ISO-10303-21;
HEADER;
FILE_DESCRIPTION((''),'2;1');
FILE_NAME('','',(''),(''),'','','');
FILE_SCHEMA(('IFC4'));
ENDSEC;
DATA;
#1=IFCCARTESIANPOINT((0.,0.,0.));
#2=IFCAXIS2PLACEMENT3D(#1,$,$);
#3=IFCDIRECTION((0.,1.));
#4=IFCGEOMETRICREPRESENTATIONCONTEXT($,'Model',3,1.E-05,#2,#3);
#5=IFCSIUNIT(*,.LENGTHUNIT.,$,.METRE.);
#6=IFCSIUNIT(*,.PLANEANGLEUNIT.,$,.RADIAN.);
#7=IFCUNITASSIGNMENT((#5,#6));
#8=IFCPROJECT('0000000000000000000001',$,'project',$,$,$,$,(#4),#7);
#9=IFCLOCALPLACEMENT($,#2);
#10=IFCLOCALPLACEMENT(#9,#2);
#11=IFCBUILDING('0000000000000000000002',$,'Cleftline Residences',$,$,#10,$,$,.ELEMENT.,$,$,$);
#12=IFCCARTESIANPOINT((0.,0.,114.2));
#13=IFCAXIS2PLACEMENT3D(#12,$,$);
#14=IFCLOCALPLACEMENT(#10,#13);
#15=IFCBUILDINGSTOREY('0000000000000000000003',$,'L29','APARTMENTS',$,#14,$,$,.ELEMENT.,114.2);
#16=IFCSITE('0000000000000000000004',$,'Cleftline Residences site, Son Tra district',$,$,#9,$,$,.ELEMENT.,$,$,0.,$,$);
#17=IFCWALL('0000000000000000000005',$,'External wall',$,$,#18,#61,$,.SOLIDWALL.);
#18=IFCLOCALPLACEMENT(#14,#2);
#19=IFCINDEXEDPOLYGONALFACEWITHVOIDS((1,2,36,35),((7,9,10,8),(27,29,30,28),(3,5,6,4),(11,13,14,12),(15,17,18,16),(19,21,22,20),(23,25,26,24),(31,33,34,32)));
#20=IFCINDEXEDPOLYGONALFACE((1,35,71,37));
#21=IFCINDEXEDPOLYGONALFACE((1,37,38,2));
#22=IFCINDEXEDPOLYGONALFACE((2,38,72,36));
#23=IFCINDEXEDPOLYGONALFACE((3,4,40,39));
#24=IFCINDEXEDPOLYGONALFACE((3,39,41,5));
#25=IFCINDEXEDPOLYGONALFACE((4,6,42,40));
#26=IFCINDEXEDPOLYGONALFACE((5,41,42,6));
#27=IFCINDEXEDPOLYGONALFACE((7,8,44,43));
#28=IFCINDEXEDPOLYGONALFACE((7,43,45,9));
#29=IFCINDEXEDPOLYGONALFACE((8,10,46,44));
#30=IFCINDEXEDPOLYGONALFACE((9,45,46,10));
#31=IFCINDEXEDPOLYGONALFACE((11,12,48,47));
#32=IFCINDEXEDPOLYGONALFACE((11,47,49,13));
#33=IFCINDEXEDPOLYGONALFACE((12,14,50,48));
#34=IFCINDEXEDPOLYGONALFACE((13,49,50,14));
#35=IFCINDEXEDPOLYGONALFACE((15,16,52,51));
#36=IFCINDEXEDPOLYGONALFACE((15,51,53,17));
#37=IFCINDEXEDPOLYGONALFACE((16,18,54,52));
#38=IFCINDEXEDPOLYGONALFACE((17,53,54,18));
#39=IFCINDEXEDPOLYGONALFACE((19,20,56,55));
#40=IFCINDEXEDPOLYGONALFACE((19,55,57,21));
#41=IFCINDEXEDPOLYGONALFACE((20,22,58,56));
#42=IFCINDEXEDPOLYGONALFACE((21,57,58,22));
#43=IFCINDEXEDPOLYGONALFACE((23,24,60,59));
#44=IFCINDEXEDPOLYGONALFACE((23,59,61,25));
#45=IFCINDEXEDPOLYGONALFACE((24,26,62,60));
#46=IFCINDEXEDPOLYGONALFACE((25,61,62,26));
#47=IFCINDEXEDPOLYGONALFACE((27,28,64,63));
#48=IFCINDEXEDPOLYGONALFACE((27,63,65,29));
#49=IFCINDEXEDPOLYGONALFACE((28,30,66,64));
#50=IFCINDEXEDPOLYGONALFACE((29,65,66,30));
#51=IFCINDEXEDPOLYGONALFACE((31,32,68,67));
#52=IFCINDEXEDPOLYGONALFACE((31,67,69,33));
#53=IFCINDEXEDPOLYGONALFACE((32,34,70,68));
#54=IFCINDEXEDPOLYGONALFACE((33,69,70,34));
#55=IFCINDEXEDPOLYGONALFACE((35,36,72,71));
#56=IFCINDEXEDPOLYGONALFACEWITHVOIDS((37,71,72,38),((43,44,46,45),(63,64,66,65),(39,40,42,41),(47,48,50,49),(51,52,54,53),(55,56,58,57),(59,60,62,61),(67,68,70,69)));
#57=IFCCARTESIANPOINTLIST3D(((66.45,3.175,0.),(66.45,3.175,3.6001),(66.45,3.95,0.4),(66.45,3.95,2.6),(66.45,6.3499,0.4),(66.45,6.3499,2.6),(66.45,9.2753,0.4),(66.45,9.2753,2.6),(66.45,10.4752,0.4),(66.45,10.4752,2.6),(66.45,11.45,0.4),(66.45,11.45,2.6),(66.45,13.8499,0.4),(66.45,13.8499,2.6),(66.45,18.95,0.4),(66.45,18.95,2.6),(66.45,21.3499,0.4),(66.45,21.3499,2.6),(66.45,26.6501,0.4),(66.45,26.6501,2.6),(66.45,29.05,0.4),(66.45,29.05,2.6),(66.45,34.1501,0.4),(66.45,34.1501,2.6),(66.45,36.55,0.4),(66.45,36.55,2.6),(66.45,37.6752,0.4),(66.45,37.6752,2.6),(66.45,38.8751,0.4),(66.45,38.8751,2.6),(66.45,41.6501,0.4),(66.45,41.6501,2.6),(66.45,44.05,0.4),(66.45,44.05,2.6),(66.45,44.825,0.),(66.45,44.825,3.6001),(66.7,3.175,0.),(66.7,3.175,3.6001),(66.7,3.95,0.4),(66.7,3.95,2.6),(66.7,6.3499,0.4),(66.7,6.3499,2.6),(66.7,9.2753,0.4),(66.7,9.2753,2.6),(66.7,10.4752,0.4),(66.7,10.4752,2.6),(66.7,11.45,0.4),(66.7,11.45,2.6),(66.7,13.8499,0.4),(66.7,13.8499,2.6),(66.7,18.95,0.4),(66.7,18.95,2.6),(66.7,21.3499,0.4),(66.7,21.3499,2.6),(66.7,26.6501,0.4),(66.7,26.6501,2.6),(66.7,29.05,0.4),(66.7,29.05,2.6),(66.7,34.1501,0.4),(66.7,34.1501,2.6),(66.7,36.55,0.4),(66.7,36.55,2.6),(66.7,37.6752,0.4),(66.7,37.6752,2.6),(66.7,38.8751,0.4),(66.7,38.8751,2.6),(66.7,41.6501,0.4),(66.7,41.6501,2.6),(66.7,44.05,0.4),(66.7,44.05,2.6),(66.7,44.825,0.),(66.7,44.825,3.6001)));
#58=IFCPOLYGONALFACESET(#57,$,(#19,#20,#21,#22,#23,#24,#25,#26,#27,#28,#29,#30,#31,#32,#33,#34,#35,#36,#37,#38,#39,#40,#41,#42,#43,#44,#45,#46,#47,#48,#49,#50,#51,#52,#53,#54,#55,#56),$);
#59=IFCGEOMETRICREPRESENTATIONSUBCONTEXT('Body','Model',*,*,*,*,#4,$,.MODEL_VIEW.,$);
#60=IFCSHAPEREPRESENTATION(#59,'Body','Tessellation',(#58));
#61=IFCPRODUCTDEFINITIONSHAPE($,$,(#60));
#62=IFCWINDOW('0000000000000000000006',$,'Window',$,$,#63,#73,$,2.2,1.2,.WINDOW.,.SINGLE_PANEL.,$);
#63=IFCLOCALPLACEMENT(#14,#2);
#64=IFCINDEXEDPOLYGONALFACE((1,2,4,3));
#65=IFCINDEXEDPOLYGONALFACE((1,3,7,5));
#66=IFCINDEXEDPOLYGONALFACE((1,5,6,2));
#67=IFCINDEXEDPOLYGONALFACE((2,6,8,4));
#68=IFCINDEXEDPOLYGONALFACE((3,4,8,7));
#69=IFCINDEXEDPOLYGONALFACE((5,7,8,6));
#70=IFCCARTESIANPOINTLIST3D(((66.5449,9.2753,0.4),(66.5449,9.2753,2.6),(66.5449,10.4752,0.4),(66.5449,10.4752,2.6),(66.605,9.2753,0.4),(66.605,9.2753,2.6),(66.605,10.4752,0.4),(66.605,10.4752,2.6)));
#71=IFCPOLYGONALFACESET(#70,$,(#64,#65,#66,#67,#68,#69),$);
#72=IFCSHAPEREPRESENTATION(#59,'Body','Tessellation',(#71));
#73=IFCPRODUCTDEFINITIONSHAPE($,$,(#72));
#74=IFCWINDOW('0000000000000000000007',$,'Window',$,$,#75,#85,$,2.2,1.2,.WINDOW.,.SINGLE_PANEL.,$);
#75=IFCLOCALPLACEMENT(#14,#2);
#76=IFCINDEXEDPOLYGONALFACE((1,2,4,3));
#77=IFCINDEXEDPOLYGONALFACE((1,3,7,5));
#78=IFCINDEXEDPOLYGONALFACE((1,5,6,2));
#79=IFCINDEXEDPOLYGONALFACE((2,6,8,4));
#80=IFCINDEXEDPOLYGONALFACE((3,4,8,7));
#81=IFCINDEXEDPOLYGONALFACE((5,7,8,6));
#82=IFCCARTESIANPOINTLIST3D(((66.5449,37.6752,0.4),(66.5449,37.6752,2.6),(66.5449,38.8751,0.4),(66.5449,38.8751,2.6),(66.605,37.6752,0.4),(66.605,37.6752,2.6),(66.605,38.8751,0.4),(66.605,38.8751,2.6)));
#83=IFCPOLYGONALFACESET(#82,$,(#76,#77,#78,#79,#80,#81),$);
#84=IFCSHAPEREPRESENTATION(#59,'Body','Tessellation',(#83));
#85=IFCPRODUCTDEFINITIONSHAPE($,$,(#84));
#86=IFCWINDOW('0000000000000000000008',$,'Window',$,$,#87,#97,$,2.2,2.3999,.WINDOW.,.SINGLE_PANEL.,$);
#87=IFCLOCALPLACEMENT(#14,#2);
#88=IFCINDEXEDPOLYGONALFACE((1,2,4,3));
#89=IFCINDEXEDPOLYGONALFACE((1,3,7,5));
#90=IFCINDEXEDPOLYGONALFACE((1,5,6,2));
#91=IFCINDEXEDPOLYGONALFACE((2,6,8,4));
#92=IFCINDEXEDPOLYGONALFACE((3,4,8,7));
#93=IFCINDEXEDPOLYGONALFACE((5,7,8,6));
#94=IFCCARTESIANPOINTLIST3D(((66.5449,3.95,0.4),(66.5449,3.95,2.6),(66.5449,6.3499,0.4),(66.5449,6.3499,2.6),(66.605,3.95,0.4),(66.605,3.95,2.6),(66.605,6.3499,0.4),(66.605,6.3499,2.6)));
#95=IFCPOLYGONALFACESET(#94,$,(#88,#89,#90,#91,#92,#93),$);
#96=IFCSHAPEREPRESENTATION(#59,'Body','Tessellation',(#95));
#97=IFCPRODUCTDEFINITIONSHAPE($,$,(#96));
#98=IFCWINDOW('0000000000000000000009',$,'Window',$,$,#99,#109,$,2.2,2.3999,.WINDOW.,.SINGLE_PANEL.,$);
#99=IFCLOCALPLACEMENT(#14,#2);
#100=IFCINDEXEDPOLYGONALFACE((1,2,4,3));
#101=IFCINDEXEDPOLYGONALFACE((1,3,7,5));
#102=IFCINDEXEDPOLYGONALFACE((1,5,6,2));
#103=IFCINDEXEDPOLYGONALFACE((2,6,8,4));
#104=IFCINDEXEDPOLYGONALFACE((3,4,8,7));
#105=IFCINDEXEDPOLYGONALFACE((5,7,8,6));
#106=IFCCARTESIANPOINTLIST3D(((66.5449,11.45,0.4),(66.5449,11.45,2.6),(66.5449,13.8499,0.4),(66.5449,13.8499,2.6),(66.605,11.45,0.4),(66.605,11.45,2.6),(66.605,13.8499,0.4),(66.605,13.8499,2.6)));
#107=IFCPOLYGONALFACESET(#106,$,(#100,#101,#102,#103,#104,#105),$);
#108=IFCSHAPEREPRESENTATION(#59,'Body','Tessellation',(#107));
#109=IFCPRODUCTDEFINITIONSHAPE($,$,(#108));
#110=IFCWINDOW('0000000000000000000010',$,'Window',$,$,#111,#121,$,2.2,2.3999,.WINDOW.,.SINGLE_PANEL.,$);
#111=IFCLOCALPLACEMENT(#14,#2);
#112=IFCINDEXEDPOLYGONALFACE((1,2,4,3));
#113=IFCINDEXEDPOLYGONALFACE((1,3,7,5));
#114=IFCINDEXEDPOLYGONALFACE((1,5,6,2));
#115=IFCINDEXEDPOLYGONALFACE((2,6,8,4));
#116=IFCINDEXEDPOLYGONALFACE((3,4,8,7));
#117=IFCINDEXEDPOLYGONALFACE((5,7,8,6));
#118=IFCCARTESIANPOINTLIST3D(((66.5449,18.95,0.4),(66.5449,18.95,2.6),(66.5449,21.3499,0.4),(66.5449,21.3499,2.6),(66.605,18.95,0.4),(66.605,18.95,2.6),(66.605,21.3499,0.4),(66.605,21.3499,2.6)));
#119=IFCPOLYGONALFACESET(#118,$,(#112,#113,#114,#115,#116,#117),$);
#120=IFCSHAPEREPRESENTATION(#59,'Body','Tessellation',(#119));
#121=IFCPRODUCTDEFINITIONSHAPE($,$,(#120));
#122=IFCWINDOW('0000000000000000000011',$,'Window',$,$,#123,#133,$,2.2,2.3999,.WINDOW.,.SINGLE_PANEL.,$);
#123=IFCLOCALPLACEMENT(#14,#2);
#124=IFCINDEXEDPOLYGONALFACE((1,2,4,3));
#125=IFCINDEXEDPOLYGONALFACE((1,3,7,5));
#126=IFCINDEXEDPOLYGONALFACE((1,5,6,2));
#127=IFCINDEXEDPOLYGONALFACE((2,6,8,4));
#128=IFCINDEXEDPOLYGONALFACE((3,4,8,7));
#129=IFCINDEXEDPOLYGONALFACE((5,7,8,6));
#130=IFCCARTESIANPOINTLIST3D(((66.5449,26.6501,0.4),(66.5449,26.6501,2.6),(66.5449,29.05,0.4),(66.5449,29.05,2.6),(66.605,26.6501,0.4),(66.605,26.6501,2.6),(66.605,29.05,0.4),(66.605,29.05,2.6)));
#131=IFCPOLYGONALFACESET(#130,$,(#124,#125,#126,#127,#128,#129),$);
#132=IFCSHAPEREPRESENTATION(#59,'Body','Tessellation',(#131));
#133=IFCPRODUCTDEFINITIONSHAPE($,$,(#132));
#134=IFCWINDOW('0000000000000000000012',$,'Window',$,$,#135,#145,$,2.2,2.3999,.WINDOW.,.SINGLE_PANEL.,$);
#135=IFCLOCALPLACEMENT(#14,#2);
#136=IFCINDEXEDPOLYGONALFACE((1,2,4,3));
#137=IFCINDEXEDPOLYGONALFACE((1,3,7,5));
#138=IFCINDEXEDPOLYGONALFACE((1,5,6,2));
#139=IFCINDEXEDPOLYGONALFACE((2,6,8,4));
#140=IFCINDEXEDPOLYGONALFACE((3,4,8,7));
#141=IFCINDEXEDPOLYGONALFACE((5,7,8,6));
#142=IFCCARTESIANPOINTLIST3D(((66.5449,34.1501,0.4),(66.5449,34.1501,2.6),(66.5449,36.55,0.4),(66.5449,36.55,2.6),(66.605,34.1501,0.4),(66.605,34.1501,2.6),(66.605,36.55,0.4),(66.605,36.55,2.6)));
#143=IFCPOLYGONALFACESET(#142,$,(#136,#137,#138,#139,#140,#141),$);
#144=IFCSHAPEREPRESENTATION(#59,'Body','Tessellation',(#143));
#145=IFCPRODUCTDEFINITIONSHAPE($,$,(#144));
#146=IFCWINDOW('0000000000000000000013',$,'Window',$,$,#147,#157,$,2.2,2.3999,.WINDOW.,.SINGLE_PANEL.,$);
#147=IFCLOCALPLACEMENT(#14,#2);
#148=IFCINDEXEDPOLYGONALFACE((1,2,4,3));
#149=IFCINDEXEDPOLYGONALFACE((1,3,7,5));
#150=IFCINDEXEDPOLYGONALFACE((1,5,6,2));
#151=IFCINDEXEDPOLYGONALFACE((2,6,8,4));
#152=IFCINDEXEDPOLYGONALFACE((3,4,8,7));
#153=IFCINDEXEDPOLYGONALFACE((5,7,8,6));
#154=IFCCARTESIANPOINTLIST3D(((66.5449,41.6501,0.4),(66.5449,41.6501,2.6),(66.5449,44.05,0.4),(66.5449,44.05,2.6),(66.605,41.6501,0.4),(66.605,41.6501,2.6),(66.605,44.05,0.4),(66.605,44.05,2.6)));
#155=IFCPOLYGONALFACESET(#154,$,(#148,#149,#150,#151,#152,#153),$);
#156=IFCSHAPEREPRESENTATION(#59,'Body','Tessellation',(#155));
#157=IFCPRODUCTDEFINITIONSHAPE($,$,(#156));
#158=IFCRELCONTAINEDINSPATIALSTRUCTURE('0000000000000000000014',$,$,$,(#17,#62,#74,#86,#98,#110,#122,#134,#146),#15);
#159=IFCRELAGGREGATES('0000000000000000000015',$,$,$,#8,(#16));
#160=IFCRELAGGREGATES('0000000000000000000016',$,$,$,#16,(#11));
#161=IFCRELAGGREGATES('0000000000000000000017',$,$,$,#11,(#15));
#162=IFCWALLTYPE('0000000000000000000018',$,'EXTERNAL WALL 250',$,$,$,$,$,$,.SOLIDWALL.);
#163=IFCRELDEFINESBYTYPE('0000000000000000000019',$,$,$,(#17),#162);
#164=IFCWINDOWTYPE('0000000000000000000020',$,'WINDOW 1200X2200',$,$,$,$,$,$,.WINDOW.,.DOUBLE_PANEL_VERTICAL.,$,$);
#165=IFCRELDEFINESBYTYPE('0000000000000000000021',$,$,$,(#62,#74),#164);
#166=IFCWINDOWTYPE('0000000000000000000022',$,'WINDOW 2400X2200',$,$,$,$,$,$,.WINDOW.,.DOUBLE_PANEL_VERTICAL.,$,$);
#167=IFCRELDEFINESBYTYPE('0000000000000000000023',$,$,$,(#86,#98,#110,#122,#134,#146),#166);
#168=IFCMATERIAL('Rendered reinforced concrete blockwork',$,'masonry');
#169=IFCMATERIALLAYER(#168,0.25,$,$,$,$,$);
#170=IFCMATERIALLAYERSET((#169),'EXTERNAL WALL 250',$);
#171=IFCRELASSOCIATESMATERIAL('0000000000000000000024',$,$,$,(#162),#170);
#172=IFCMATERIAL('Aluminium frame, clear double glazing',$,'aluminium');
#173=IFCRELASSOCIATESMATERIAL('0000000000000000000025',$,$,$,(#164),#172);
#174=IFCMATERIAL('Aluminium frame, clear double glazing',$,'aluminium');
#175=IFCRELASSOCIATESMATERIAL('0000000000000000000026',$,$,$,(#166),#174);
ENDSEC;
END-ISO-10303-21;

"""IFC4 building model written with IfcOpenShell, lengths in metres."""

from ifc_helpers import new_model, si_unit, direction, frame, frame_2d, origin, place, context, subcontext, project, spatial, rectangle, extrude, material, layer, layer_set, type_object, element, fill, save


model = new_model("IFC4")

# Units and contexts
model_context = context("Model", 3, precision=1e-05, world=origin(), true_north=direction((0.0, 1.0)))
body_context = subcontext(model_context, "Body", "Model", "MODEL_VIEW")
ifc_project = project(units=[si_unit("LENGTHUNIT", "METRE"), si_unit("PLANEANGLEUNIT", "RADIAN")], contexts=[model_context])

# Site, building, storey
site_placement = place(None, origin())
site = spatial("IfcSite", under=ifc_project, at=site_placement, Name="Cleftline Residences site, Son Tra district", CompositionType="ELEMENT", RefElevation=0.0)
building_placement = place(site_placement, origin())
building = spatial("IfcBuilding", under=site, at=building_placement, Name="Cleftline Residences", CompositionType="ELEMENT")
storey_placement = place(building_placement, frame((0.0, 0.0, 114.2)))
storey = spatial("IfcBuildingStorey", under=building, at=storey_placement, Name="L29", Description="APARTMENTS", CompositionType="ELEMENT", Elevation=114.2)

# Wall, openings, windows
ifc_material_1 = material(Name="Rendered reinforced concrete blockwork", Category="masonry")
ifc_layer_1 = layer(ifc_material_1, 0.25)
ifc_layer_set_1 = layer_set([ifc_layer_1], Name="EXTERNAL WALL 250")
wall_type = type_object("IfcWallType", Name="EXTERNAL WALL 250", PredefinedType="SOLIDWALL", material=ifc_layer_set_1)
wall_placement = place(storey_placement, frame((66.575, 3.175, 0.0), z_axis=(0.0, 0.0, 1.0), x_axis=(0.0, 1.0, 0.0)))
wall = element("IfcWall", 1, at=wall_placement, inside=storey, type_object=wall_type, Name="External wall", PredefinedType="SOLIDWALL", context=body_context, shape_type="SweptSolid", body=[
    extrude(rectangle(XDim=41.6499, YDim=0.25, at=frame_2d((20.825, 0.0))), origin(), (0.0, 0.0, 1.0), 3.6001),
])
opening_1_placement = place(wall_placement, frame((0.7749, 0.0, 0.3999)))
opening_1 = element("IfcOpeningElement", 2, at=opening_1_placement, cuts=wall, PredefinedType="OPENING", context=body_context, shape_type="SweptSolid", body=[
    extrude(rectangle(XDim=2.3999, YDim=2.2, at=frame_2d((1.2, 1.1001))), frame((0.0, 0.135, 0.0), z_axis=(0.0, -1.0, 0.0), x_axis=(1.0, 0.0, 0.0)), (0.0, 0.0, 1.0), 0.27),
])
opening_2_placement = place(wall_placement, frame((6.1001, 0.0, 0.3999)))
opening_2 = element("IfcOpeningElement", 3, at=opening_2_placement, cuts=wall, PredefinedType="OPENING", context=body_context, shape_type="SweptSolid", body=[
    extrude(rectangle(XDim=1.2, YDim=2.2, at=frame_2d((0.6001, 1.1001))), frame((0.0, 0.135, 0.0), z_axis=(0.0, -1.0, 0.0), x_axis=(1.0, 0.0, 0.0)), (0.0, 0.0, 1.0), 0.27),
])
opening_3_placement = place(wall_placement, frame((8.2749, 0.0, 0.3999)))
opening_3 = element("IfcOpeningElement", 4, at=opening_3_placement, cuts=wall, PredefinedType="OPENING", context=body_context, shape_type="SweptSolid", body=[
    extrude(rectangle(XDim=2.3999, YDim=2.2, at=frame_2d((1.2, 1.1001))), frame((0.0, 0.135, 0.0), z_axis=(0.0, -1.0, 0.0), x_axis=(1.0, 0.0, 0.0)), (0.0, 0.0, 1.0), 0.27),
])
opening_4_placement = place(wall_placement, frame((15.7749, 0.0, 0.3999)))
opening_4 = element("IfcOpeningElement", 5, at=opening_4_placement, cuts=wall, PredefinedType="OPENING", context=body_context, shape_type="SweptSolid", body=[
    extrude(rectangle(XDim=2.3999, YDim=2.2, at=frame_2d((1.2, 1.1001))), frame((0.0, 0.135, 0.0), z_axis=(0.0, -1.0, 0.0), x_axis=(1.0, 0.0, 0.0)), (0.0, 0.0, 1.0), 0.27),
])
opening_5_placement = place(wall_placement, frame((23.4751, 0.0, 0.3999)))
opening_5 = element("IfcOpeningElement", 6, at=opening_5_placement, cuts=wall, PredefinedType="OPENING", context=body_context, shape_type="SweptSolid", body=[
    extrude(rectangle(XDim=2.3999, YDim=2.2, at=frame_2d((1.2, 1.1001))), frame((0.0, 0.135, 0.0), z_axis=(0.0, -1.0, 0.0), x_axis=(1.0, 0.0, 0.0)), (0.0, 0.0, 1.0), 0.27),
])
opening_6_placement = place(wall_placement, frame((30.9751, 0.0, 0.3999)))
opening_6 = element("IfcOpeningElement", 7, at=opening_6_placement, cuts=wall, PredefinedType="OPENING", context=body_context, shape_type="SweptSolid", body=[
    extrude(rectangle(XDim=2.3999, YDim=2.2, at=frame_2d((1.2, 1.1001))), frame((0.0, 0.135, 0.0), z_axis=(0.0, -1.0, 0.0), x_axis=(1.0, 0.0, 0.0)), (0.0, 0.0, 1.0), 0.27),
])
opening_7_placement = place(wall_placement, frame((34.5, 0.0, 0.3999)))
opening_7 = element("IfcOpeningElement", 8, at=opening_7_placement, cuts=wall, PredefinedType="OPENING", context=body_context, shape_type="SweptSolid", body=[
    extrude(rectangle(XDim=1.2, YDim=2.2, at=frame_2d((0.6001, 1.1001))), frame((0.0, 0.135, 0.0), z_axis=(0.0, -1.0, 0.0), x_axis=(1.0, 0.0, 0.0)), (0.0, 0.0, 1.0), 0.27),
])
opening_8_placement = place(wall_placement, frame((38.4751, 0.0, 0.3999)))
opening_8 = element("IfcOpeningElement", 9, at=opening_8_placement, cuts=wall, PredefinedType="OPENING", context=body_context, shape_type="SweptSolid", body=[
    extrude(rectangle(XDim=2.3999, YDim=2.2, at=frame_2d((1.2, 1.1001))), frame((0.0, 0.135, 0.0), z_axis=(0.0, -1.0, 0.0), x_axis=(1.0, 0.0, 0.0)), (0.0, 0.0, 1.0), 0.27),
])
ifc_material_2 = material(Name="Aluminium frame, clear double glazing", Category="aluminium")
window_type_1 = type_object("IfcWindowType", Name="WINDOW 1200X2200", PartitioningType="DOUBLE_PANEL_VERTICAL", PredefinedType="WINDOW", material=ifc_material_2)
window_1_placement = place(opening_2_placement, origin())
window_1 = element("IfcWindow", 10, at=window_1_placement, inside=storey, type_object=window_type_1, Name="Window", OverallHeight=2.2, OverallWidth=1.2, PartitioningType="SINGLE_PANEL", PredefinedType="WINDOW", context=body_context, shape_type="SweptSolid", body=[
    extrude(rectangle(XDim=1.2, YDim=2.2, at=frame_2d((0.6001, 1.1001))), frame((0.0, 0.03, 0.0), z_axis=(0.0, -1.0, 0.0), x_axis=(1.0, 0.0, 0.0)), (0.0, 0.0, 1.0), 0.0601),
])
fill(opening_2, window_1)
window_2_placement = place(opening_7_placement, origin())
window_2 = element("IfcWindow", 11, at=window_2_placement, inside=storey, type_object=window_type_1, Name="Window", OverallHeight=2.2, OverallWidth=1.2, PartitioningType="SINGLE_PANEL", PredefinedType="WINDOW", context=body_context, shape_type="SweptSolid", body=[
    extrude(rectangle(XDim=1.2, YDim=2.2, at=frame_2d((0.6001, 1.1001))), frame((0.0, 0.03, 0.0), z_axis=(0.0, -1.0, 0.0), x_axis=(1.0, 0.0, 0.0)), (0.0, 0.0, 1.0), 0.0601),
])
fill(opening_7, window_2)
ifc_material_3 = material(Name="Aluminium frame, clear double glazing", Category="aluminium")
window_type_2 = type_object("IfcWindowType", Name="WINDOW 2400X2200", PartitioningType="DOUBLE_PANEL_VERTICAL", PredefinedType="WINDOW", material=ifc_material_3)
window_3_placement = place(opening_1_placement, origin())
window_3 = element("IfcWindow", 12, at=window_3_placement, inside=storey, type_object=window_type_2, Name="Window", OverallHeight=2.2, OverallWidth=2.3999, PartitioningType="SINGLE_PANEL", PredefinedType="WINDOW", context=body_context, shape_type="SweptSolid", body=[
    extrude(rectangle(XDim=2.3999, YDim=2.2, at=frame_2d((1.2, 1.1001))), frame((0.0, 0.03, 0.0), z_axis=(0.0, -1.0, 0.0), x_axis=(1.0, 0.0, 0.0)), (0.0, 0.0, 1.0), 0.0601),
])
fill(opening_1, window_3)
window_4_placement = place(opening_3_placement, origin())
window_4 = element("IfcWindow", 13, at=window_4_placement, inside=storey, type_object=window_type_2, Name="Window", OverallHeight=2.2, OverallWidth=2.3999, PartitioningType="SINGLE_PANEL", PredefinedType="WINDOW", context=body_context, shape_type="SweptSolid", body=[
    extrude(rectangle(XDim=2.3999, YDim=2.2, at=frame_2d((1.2, 1.1001))), frame((0.0, 0.03, 0.0), z_axis=(0.0, -1.0, 0.0), x_axis=(1.0, 0.0, 0.0)), (0.0, 0.0, 1.0), 0.0601),
])
fill(opening_3, window_4)
window_5_placement = place(opening_4_placement, origin())
window_5 = element("IfcWindow", 14, at=window_5_placement, inside=storey, type_object=window_type_2, Name="Window", OverallHeight=2.2, OverallWidth=2.3999, PartitioningType="SINGLE_PANEL", PredefinedType="WINDOW", context=body_context, shape_type="SweptSolid", body=[
    extrude(rectangle(XDim=2.3999, YDim=2.2, at=frame_2d((1.2, 1.1001))), frame((0.0, 0.03, 0.0), z_axis=(0.0, -1.0, 0.0), x_axis=(1.0, 0.0, 0.0)), (0.0, 0.0, 1.0), 0.0601),
])
fill(opening_4, window_5)
window_6_placement = place(opening_5_placement, origin())
window_6 = element("IfcWindow", 15, at=window_6_placement, inside=storey, type_object=window_type_2, Name="Window", OverallHeight=2.2, OverallWidth=2.3999, PartitioningType="SINGLE_PANEL", PredefinedType="WINDOW", context=body_context, shape_type="SweptSolid", body=[
    extrude(rectangle(XDim=2.3999, YDim=2.2, at=frame_2d((1.2, 1.1001))), frame((0.0, 0.03, 0.0), z_axis=(0.0, -1.0, 0.0), x_axis=(1.0, 0.0, 0.0)), (0.0, 0.0, 1.0), 0.0601),
])
fill(opening_5, window_6)
window_7_placement = place(opening_6_placement, origin())
window_7 = element("IfcWindow", 16, at=window_7_placement, inside=storey, type_object=window_type_2, Name="Window", OverallHeight=2.2, OverallWidth=2.3999, PartitioningType="SINGLE_PANEL", PredefinedType="WINDOW", context=body_context, shape_type="SweptSolid", body=[
    extrude(rectangle(XDim=2.3999, YDim=2.2, at=frame_2d((1.2, 1.1001))), frame((0.0, 0.03, 0.0), z_axis=(0.0, -1.0, 0.0), x_axis=(1.0, 0.0, 0.0)), (0.0, 0.0, 1.0), 0.0601),
])
fill(opening_6, window_7)
window_8_placement = place(opening_8_placement, origin())
window_8 = element("IfcWindow", 17, at=window_8_placement, inside=storey, type_object=window_type_2, Name="Window", OverallHeight=2.2, OverallWidth=2.3999, PartitioningType="SINGLE_PANEL", PredefinedType="WINDOW", context=body_context, shape_type="SweptSolid", body=[
    extrude(rectangle(XDim=2.3999, YDim=2.2, at=frame_2d((1.2, 1.1001))), frame((0.0, 0.03, 0.0), z_axis=(0.0, -1.0, 0.0), x_axis=(1.0, 0.0, 0.0)), (0.0, 0.0, 1.0), 0.0601),
])
fill(opening_8, window_8)

save(model, "model.ifc")
